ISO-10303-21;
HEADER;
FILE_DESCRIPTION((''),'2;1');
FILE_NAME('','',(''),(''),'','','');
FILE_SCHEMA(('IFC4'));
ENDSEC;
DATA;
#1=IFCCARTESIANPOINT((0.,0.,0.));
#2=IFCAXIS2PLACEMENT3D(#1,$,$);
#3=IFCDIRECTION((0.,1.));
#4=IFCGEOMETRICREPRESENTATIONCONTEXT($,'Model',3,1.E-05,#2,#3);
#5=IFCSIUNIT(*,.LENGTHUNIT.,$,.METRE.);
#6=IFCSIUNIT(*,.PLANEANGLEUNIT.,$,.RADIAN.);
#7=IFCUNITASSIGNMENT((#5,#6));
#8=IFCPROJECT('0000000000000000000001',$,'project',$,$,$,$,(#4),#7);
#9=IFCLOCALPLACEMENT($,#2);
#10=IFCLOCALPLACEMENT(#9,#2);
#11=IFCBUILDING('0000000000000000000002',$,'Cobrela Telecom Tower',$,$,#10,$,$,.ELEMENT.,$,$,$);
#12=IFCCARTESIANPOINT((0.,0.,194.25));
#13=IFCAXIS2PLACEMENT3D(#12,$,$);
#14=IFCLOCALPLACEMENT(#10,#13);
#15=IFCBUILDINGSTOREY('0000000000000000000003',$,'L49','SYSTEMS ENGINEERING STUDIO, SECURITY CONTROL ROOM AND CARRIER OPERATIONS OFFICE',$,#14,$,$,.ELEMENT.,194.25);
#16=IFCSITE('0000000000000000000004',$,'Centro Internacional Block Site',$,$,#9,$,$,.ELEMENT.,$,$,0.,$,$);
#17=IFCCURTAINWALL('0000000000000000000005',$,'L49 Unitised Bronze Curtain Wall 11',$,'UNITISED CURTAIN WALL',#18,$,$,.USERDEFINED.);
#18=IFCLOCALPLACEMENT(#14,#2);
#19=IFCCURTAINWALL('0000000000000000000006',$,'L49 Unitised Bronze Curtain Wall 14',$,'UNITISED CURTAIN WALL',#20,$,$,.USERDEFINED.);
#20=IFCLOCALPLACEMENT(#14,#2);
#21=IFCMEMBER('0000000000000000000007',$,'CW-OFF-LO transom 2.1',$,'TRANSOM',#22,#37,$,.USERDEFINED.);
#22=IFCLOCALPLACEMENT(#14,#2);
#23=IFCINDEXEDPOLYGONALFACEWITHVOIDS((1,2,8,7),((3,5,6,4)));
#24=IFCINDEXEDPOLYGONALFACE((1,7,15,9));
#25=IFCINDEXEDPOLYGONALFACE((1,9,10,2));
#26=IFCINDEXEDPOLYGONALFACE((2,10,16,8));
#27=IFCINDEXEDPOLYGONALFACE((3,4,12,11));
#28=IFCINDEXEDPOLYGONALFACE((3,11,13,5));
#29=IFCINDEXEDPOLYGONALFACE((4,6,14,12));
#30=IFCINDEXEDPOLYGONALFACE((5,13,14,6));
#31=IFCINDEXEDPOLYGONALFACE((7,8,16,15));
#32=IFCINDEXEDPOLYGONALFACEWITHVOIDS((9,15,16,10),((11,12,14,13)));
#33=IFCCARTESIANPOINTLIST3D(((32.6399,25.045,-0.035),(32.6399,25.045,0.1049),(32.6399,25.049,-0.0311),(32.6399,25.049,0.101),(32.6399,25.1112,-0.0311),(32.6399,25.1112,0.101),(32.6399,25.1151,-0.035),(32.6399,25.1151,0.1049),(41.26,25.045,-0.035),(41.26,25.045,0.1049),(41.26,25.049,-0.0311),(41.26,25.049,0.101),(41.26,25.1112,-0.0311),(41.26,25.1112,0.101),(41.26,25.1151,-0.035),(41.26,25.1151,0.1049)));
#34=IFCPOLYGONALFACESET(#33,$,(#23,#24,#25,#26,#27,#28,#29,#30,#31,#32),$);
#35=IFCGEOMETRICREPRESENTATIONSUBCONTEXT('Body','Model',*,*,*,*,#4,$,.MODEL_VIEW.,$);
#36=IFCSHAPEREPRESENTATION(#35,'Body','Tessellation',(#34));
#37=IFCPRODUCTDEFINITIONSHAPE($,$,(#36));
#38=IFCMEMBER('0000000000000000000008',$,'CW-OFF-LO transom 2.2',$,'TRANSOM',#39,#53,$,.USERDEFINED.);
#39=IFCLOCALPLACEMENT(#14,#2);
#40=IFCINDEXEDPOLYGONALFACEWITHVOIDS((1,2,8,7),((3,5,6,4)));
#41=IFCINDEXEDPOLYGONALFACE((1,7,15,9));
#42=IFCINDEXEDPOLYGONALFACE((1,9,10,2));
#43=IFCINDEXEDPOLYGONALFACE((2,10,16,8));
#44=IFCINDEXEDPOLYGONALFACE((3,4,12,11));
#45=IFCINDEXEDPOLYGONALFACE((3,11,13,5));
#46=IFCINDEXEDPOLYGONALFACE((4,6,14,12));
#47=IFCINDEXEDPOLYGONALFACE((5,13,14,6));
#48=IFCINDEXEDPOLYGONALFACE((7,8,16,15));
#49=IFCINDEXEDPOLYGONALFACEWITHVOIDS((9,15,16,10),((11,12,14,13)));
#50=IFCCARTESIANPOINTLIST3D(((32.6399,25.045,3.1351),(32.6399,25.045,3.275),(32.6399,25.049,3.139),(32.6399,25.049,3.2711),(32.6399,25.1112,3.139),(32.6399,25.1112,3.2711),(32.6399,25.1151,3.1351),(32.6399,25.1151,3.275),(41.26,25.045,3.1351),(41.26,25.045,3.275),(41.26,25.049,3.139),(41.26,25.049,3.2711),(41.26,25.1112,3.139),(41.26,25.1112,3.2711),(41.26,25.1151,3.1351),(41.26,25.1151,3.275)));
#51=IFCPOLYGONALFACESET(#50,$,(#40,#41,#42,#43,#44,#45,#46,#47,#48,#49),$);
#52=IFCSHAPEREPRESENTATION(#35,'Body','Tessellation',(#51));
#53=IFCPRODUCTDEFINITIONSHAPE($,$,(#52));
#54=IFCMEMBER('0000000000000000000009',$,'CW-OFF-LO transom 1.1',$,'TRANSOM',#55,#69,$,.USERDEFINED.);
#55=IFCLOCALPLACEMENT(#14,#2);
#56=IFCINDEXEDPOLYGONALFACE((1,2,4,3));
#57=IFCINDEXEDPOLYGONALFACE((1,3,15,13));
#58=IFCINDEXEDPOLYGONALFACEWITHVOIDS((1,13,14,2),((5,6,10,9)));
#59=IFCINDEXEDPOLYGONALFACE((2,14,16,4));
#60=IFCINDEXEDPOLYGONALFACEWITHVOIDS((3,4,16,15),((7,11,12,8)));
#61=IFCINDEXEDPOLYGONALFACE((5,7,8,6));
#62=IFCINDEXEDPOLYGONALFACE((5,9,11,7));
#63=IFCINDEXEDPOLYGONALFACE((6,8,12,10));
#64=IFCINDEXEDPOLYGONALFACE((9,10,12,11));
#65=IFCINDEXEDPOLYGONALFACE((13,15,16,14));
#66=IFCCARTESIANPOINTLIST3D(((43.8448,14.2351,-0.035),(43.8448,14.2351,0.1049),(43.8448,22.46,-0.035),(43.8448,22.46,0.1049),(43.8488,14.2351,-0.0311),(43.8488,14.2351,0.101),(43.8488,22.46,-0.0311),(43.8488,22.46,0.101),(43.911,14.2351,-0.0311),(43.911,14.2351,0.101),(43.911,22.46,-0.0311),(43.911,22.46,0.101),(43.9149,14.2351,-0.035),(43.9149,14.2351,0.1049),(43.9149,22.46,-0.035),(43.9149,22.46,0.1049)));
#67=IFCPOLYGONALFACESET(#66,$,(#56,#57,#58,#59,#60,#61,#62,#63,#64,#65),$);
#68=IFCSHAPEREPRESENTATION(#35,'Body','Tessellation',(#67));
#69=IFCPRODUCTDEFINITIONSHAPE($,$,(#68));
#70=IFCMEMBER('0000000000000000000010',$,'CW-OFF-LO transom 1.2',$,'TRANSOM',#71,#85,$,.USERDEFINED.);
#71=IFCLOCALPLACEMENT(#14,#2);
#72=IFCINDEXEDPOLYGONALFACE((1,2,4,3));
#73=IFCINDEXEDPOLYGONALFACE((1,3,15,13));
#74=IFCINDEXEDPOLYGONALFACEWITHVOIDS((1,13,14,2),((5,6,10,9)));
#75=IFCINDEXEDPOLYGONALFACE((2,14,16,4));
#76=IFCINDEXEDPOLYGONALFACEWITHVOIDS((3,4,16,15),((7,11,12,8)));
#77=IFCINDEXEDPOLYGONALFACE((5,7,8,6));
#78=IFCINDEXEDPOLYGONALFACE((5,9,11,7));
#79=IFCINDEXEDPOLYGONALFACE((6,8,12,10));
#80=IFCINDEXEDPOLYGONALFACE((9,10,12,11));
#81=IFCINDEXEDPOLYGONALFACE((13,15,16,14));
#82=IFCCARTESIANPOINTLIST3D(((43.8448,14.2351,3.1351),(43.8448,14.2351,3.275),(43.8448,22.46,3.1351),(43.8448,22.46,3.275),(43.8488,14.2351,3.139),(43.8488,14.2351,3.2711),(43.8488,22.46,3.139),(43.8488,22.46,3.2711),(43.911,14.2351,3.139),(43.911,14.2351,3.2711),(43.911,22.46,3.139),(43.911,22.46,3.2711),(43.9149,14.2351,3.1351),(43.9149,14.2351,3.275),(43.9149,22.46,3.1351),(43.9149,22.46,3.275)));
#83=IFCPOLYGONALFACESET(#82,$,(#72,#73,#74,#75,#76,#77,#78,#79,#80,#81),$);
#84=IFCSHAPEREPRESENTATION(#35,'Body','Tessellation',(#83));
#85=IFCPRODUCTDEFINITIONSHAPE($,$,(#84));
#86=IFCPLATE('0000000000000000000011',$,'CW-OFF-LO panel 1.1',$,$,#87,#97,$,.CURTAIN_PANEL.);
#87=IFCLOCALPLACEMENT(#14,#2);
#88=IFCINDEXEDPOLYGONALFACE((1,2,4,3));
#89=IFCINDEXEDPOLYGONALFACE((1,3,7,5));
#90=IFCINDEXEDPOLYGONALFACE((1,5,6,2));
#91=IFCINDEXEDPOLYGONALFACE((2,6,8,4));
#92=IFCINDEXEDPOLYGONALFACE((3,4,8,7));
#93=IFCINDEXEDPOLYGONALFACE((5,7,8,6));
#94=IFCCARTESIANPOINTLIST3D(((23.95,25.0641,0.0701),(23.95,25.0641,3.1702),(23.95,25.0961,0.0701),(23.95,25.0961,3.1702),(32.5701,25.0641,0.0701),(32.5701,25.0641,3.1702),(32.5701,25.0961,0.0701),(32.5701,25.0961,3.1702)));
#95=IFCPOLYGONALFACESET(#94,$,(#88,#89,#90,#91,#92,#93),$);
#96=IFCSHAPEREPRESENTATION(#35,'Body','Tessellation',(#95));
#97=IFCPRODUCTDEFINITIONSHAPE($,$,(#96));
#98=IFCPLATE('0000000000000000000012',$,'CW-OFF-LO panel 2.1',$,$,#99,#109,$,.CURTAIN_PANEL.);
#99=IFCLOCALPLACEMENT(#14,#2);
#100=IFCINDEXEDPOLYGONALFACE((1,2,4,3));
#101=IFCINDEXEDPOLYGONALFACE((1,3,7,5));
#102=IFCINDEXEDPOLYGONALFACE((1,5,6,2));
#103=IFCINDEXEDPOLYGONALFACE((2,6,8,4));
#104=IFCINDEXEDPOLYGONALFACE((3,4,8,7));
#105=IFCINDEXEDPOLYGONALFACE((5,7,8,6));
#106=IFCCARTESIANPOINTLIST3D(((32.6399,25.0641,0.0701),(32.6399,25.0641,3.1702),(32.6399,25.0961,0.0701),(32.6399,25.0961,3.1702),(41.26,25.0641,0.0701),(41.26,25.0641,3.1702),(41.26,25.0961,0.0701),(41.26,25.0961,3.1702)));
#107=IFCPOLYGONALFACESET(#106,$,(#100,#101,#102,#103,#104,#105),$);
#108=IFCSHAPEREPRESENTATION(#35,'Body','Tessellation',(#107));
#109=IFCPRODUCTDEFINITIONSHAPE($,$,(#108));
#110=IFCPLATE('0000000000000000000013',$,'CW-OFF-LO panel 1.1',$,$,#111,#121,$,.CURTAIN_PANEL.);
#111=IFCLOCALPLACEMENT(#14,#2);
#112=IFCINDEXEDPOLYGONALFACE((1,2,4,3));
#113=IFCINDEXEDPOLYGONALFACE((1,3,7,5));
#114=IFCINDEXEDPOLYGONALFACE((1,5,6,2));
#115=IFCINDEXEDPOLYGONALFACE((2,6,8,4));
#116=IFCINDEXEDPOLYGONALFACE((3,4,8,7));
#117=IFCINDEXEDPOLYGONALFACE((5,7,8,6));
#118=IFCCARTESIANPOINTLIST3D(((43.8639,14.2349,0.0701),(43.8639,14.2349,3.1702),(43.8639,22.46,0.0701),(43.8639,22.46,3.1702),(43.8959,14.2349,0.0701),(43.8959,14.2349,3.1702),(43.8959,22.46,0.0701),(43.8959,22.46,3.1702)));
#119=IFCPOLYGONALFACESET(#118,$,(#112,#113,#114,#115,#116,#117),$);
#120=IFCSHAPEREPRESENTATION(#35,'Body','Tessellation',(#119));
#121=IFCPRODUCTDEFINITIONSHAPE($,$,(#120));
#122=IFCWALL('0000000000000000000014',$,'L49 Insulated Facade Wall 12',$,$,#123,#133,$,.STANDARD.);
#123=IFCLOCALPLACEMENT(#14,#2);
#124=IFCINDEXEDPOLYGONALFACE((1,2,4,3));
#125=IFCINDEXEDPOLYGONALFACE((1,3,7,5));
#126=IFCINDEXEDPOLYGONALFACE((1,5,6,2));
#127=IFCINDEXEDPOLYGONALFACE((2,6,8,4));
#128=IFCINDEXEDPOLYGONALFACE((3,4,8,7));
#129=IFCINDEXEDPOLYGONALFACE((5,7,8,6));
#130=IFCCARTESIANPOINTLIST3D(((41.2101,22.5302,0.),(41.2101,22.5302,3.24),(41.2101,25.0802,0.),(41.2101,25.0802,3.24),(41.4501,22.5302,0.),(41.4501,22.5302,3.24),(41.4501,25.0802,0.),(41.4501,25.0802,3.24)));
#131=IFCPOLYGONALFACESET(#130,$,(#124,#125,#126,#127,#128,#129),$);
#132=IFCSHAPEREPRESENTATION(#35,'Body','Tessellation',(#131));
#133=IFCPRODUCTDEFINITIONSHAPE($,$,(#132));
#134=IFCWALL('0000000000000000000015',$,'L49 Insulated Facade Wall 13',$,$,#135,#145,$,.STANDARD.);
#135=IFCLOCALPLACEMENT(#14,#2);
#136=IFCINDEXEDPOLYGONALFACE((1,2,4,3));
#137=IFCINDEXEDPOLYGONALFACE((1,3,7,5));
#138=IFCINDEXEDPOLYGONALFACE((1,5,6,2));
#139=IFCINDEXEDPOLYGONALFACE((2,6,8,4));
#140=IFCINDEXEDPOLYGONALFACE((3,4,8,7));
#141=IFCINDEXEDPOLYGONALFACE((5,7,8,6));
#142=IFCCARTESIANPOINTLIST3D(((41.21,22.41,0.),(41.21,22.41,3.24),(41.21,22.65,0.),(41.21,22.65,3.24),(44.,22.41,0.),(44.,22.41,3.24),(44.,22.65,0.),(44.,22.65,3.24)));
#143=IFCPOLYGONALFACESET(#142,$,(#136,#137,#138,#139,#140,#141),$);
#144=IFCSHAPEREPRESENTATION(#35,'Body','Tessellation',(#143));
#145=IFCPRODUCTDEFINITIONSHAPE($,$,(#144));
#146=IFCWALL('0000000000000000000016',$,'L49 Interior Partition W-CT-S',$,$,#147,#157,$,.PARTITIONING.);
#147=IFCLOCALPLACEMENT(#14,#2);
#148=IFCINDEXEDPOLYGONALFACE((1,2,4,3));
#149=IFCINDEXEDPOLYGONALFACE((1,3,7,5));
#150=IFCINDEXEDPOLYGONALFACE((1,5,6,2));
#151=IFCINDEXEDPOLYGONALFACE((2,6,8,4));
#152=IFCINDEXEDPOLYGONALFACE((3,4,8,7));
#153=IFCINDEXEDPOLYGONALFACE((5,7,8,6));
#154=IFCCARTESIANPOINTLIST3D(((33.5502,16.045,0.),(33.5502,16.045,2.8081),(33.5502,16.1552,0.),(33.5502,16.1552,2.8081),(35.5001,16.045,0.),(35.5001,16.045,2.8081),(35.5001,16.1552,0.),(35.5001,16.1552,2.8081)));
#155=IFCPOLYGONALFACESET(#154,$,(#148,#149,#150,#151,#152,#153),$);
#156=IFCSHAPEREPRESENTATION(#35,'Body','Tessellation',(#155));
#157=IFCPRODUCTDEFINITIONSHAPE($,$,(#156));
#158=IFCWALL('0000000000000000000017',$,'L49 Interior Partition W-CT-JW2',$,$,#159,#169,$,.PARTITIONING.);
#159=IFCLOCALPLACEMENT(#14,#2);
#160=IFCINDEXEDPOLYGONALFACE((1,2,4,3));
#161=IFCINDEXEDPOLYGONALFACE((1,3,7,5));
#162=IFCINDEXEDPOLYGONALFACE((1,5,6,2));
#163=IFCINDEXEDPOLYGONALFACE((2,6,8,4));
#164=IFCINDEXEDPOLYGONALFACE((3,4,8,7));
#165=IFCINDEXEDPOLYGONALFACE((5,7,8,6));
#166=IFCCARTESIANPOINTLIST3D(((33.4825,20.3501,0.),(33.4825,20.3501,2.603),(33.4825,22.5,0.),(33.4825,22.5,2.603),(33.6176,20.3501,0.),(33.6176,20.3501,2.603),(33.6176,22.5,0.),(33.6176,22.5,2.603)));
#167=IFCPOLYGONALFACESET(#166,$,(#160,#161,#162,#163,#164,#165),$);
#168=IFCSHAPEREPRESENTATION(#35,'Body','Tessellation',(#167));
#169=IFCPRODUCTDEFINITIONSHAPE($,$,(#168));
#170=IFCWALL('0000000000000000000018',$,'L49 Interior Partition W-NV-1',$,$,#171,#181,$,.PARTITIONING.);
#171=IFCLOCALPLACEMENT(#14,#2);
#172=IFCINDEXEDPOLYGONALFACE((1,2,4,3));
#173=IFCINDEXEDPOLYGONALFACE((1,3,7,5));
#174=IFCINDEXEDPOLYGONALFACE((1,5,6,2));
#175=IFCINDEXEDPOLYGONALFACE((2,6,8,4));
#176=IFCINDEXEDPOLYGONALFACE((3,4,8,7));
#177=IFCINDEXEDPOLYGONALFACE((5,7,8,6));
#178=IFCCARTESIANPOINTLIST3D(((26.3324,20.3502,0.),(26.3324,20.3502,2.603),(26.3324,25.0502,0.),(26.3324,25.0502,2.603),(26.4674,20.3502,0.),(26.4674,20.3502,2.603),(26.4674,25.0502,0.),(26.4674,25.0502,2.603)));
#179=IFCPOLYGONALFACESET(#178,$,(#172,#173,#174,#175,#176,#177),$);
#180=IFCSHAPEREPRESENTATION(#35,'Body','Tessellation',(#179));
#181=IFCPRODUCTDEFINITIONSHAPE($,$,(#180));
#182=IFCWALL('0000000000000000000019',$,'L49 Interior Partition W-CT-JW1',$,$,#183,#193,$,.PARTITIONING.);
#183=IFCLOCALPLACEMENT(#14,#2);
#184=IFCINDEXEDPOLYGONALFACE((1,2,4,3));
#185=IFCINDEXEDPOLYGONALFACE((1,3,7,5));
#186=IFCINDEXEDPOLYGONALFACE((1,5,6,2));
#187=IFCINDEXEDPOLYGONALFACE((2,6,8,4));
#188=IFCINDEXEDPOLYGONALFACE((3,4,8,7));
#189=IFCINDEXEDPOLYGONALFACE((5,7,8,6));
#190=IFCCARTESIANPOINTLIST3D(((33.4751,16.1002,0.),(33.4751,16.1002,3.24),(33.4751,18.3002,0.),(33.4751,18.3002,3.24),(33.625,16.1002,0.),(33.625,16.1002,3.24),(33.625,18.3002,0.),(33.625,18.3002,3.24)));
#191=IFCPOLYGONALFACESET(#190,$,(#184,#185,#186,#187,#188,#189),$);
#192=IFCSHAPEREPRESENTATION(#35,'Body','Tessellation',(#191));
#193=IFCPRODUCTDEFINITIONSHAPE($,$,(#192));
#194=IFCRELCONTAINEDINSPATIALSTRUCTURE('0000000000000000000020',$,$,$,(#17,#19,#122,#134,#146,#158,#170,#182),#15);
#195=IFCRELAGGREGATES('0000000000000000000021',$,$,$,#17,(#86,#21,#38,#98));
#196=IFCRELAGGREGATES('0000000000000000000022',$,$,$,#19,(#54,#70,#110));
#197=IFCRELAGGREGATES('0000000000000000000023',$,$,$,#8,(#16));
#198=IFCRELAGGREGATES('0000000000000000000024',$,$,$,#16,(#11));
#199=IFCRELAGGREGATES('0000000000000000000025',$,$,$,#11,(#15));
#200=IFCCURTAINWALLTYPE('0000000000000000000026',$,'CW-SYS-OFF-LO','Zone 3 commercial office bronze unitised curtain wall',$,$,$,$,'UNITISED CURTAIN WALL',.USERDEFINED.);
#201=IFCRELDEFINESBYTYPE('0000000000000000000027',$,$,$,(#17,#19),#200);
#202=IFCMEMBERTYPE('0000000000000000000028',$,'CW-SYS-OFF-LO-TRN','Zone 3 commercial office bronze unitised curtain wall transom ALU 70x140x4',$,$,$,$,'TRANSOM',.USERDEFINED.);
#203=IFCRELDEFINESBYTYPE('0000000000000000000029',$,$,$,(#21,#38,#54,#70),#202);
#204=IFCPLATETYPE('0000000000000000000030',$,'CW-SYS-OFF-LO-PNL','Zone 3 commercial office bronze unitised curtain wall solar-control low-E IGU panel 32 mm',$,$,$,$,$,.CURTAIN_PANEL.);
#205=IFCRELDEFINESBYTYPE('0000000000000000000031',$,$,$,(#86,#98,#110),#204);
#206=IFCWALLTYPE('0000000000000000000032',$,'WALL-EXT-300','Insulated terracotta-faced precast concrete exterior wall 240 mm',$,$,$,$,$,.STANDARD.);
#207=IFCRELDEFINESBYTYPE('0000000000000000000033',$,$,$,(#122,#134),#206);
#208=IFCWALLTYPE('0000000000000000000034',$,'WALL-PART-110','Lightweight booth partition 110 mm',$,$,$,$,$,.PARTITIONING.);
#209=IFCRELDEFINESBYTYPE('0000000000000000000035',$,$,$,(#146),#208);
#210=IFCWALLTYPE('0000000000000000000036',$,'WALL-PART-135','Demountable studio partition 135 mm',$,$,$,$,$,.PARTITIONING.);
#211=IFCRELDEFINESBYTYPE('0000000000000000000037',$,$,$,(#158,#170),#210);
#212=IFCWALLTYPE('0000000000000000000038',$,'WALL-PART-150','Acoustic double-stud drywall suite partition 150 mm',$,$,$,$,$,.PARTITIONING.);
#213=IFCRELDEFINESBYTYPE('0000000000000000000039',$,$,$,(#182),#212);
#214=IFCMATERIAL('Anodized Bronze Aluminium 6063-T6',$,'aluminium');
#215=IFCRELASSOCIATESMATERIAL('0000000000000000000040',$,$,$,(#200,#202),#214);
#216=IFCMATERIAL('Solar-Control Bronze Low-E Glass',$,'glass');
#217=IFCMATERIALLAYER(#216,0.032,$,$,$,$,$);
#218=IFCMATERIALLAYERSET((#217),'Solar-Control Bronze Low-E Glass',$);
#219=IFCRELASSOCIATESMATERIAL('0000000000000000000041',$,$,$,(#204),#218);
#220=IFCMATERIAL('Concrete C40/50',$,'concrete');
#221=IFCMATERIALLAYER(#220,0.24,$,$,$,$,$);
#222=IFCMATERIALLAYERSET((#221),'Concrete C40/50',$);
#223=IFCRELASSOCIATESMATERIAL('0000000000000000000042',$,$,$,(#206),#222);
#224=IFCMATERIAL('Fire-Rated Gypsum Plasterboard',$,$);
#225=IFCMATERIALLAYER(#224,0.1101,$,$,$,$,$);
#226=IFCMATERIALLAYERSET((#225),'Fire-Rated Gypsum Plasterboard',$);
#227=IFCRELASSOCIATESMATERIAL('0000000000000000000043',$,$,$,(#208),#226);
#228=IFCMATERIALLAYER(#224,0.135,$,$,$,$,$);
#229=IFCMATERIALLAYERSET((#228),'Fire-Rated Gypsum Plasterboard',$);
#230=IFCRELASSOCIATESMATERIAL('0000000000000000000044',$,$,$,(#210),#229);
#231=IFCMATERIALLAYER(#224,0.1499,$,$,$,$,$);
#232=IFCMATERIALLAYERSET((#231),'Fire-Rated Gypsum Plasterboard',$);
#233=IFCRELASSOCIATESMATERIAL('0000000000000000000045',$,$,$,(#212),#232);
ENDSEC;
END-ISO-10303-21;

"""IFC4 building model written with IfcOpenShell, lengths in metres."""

from ifc_helpers import new_model, si_unit, direction, frame, frame_2d, origin, origin_2d, place, context, subcontext, project, spatial, rectangle, hollow_rectangle, extrude, material, layer, layer_set, material_profile, profile_set, type_object, element, aggregate, save


model = new_model("IFC4")

# Units and contexts
model_context = context("Model", 3, precision=1e-05, world=origin(), true_north=direction((0.0, 1.0)))
body_context = subcontext(model_context, "Body", "Model", "MODEL_VIEW")
ifc_project = project(units=[si_unit("LENGTHUNIT", "METRE"), si_unit("PLANEANGLEUNIT", "RADIAN")], contexts=[model_context])

# Site, building, storey
site_placement = place(None, origin())
site = spatial("IfcSite", under=ifc_project, at=site_placement, Name="Centro Internacional Block Site", CompositionType="ELEMENT", RefElevation=0.0)
building_placement = place(site_placement, origin())
building = spatial("IfcBuilding", under=site, at=building_placement, Name="Cobrela Telecom Tower", CompositionType="ELEMENT")
storey_placement = place(building_placement, frame((0.0, 0.0, 194.25)))
storey = spatial("IfcBuildingStorey", under=building, at=storey_placement, Name="L49", Description="SYSTEMS ENGINEERING STUDIO, SECURITY CONTROL ROOM AND CARRIER OPERATIONS OFFICE", CompositionType="ELEMENT", Elevation=194.25)

# Curtain wall
ifc_material_1 = material(Name="Anodized Bronze Aluminium 6063-T6", Category="aluminium")
curtain_wall_type = type_object("IfcCurtainWallType", Name="CW-SYS-OFF-LO", Description="Zone 3 commercial office bronze unitised curtain wall", ElementType="UNITISED CURTAIN WALL", PredefinedType="USERDEFINED", material=ifc_material_1)
curtain_wall_1_placement = place(storey_placement, origin())
curtain_wall_1 = element("IfcCurtainWall", 1, at=curtain_wall_1_placement, inside=storey, type_object=curtain_wall_type, Name="L49 Unitised Bronze Curtain Wall 11", ObjectType="UNITISED CURTAIN WALL", PredefinedType="USERDEFINED")

# Curtain wall
curtain_wall_2_placement = place(storey_placement, origin())
curtain_wall_2 = element("IfcCurtainWall", 2, at=curtain_wall_2_placement, inside=storey, type_object=curtain_wall_type, Name="L49 Unitised Bronze Curtain Wall 14", ObjectType="UNITISED CURTAIN WALL", PredefinedType="USERDEFINED")

# Members
ifc_material_profile_1 = material_profile(ifc_material_1, hollow_rectangle(XDim=0.0701, YDim=0.1399, WallThickness=0.0039, at=origin_2d()), Name="ALU 70x140x4")
ifc_profile_set_1 = profile_set([ifc_material_profile_1], Name="Anodized Bronze Aluminium 6063-T6")
member_type_1 = type_object("IfcMemberType", Name="CW-SYS-OFF-LO-TRN", Description="Zone 3 commercial office bronze unitised curtain wall transom ALU 70x140x4", ElementType="TRANSOM", PredefinedType="USERDEFINED", material=ifc_profile_set_1)
member_1_placement = place(storey_placement, frame((32.6399, 25.0801, 0.0349), z_axis=(1.0, 0.0, 0.0), x_axis=(0.0, 1.0, 0.0)))
member_1 = element("IfcMember", 3, at=member_1_placement, type_object=member_type_1, Name="CW-OFF-LO transom 2.1", ObjectType="TRANSOM", PredefinedType="USERDEFINED", context=body_context, shape_type="SweptSolid", body=[
    extrude(hollow_rectangle(XDim=0.0701, YDim=0.1399, WallThickness=0.0039, at=origin_2d()), origin(), (0.0, 0.0, 1.0), 8.6201),
])
member_2_placement = place(storey_placement, frame((32.6399, 25.0801, 3.2051), z_axis=(1.0, 0.0, 0.0), x_axis=(0.0, 1.0, 0.0)))
member_2 = element("IfcMember", 4, at=member_2_placement, type_object=member_type_1, Name="CW-OFF-LO transom 2.2", ObjectType="TRANSOM", PredefinedType="USERDEFINED", context=body_context, shape_type="SweptSolid", body=[
    extrude(hollow_rectangle(XDim=0.0701, YDim=0.1399, WallThickness=0.0039, at=origin_2d()), origin(), (0.0, 0.0, 1.0), 8.6201),
])
member_3_placement = place(storey_placement, frame((43.8799, 22.46, 0.0349), z_axis=(0.0, -1.0, 0.0), x_axis=(1.0, 0.0, 0.0)))
member_3 = element("IfcMember", 5, at=member_3_placement, type_object=member_type_1, Name="CW-OFF-LO transom 1.1", ObjectType="TRANSOM", PredefinedType="USERDEFINED", context=body_context, shape_type="SweptSolid", body=[
    extrude(hollow_rectangle(XDim=0.0701, YDim=0.1399, WallThickness=0.0039, at=origin_2d()), origin(), (0.0, 0.0, 1.0), 8.2249),
])
member_4_placement = place(storey_placement, frame((43.8799, 22.46, 3.2051), z_axis=(0.0, -1.0, 0.0), x_axis=(1.0, 0.0, 0.0)))
member_4 = element("IfcMember", 6, at=member_4_placement, type_object=member_type_1, Name="CW-OFF-LO transom 1.2", ObjectType="TRANSOM", PredefinedType="USERDEFINED", context=body_context, shape_type="SweptSolid", body=[
    extrude(hollow_rectangle(XDim=0.0701, YDim=0.1399, WallThickness=0.0039, at=origin_2d()), origin(), (0.0, 0.0, 1.0), 8.2249),
])

# Plates
ifc_material_2 = material(Name="Solar-Control Bronze Low-E Glass", Category="glass")
ifc_layer_1 = layer(ifc_material_2, 0.032)
ifc_layer_set_1 = layer_set([ifc_layer_1], Name="Solar-Control Bronze Low-E Glass")
plate_type = type_object("IfcPlateType", Name="CW-SYS-OFF-LO-PNL", Description="Zone 3 commercial office bronze unitised curtain wall solar-control low-E IGU panel 32 mm", PredefinedType="CURTAIN_PANEL", material=ifc_layer_set_1)
plate_1_placement = place(storey_placement, frame((28.26, 25.0801, 0.0701), z_axis=(0.0, 0.0, 1.0), x_axis=(1.0, 0.0, 0.0)))
plate_1 = element("IfcPlate", 7, at=plate_1_placement, type_object=plate_type, Name="CW-OFF-LO panel 1.1", PredefinedType="CURTAIN_PANEL", context=body_context, shape_type="SweptSolid", body=[
    extrude(rectangle(XDim=8.6201, YDim=0.032, at=origin_2d()), origin(), (0.0, 0.0, 1.0), 3.1001),
])
plate_2_placement = place(storey_placement, frame((36.95, 25.0801, 0.0701), z_axis=(0.0, 0.0, 1.0), x_axis=(1.0, 0.0, 0.0)))
plate_2 = element("IfcPlate", 8, at=plate_2_placement, type_object=plate_type, Name="CW-OFF-LO panel 2.1", PredefinedType="CURTAIN_PANEL", context=body_context, shape_type="SweptSolid", body=[
    extrude(rectangle(XDim=8.6201, YDim=0.032, at=origin_2d()), origin(), (0.0, 0.0, 1.0), 3.1001),
])
aggregate(curtain_wall_1, [plate_1, member_1, member_2, plate_2])
plate_3_placement = place(storey_placement, frame((43.8799, 18.3474, 0.0701), z_axis=(0.0, 0.0, 1.0), x_axis=(0.0, -1.0, 0.0)))
plate_3 = element("IfcPlate", 9, at=plate_3_placement, type_object=plate_type, Name="CW-OFF-LO panel 1.1", PredefinedType="CURTAIN_PANEL", context=body_context, shape_type="SweptSolid", body=[
    extrude(rectangle(XDim=8.2251, YDim=0.032, at=origin_2d()), origin(), (0.0, 0.0, 1.0), 3.1001),
])
aggregate(curtain_wall_2, [member_3, member_4, plate_3])

# Walls
ifc_material_3 = material(Name="Concrete C40/50", Category="concrete")
ifc_layer_2 = layer(ifc_material_3, 0.24)
ifc_layer_set_2 = layer_set([ifc_layer_2], Name="Concrete C40/50")
wall_type_1 = type_object("IfcWallType", Name="WALL-EXT-300", Description="Insulated terracotta-faced precast concrete exterior wall 240 mm", PredefinedType="STANDARD", material=ifc_layer_set_2)
wall_1_placement = place(storey_placement, frame((41.3301, 25.0801, 0.0), z_axis=(0.0, 0.0, 1.0), x_axis=(0.0, -1.0, 0.0)))
element("IfcWall", 10, at=wall_1_placement, inside=storey, type_object=wall_type_1, Name="L49 Insulated Facade Wall 12", PredefinedType="STANDARD", context=body_context, shape_type="SweptSolid", body=[
    extrude(rectangle(XDim=2.55, YDim=0.24, at=frame_2d((1.2749, 0.0))), origin(), (0.0, 0.0, 1.0), 3.24),
])
wall_2_placement = place(storey_placement, frame((41.21, 22.53, 0.0), z_axis=(0.0, 0.0, 1.0), x_axis=(1.0, 0.0, 0.0)))
element("IfcWall", 11, at=wall_2_placement, inside=storey, type_object=wall_type_1, Name="L49 Insulated Facade Wall 13", PredefinedType="STANDARD", context=body_context, shape_type="SweptSolid", body=[
    extrude(rectangle(XDim=2.79, YDim=0.24, at=frame_2d((1.395, 0.0))), origin(), (0.0, 0.0, 1.0), 3.24),
])
ifc_material_4 = material(Name="Fire-Rated Gypsum Plasterboard")
ifc_layer_3 = layer(ifc_material_4, 0.1101)
ifc_layer_set_3 = layer_set([ifc_layer_3], Name="Fire-Rated Gypsum Plasterboard")
wall_type_2 = type_object("IfcWallType", Name="WALL-PART-110", Description="Lightweight booth partition 110 mm", PredefinedType="PARTITIONING", material=ifc_layer_set_3)
wall_3_placement = place(storey_placement, frame((33.55, 16.1001, 0.0), z_axis=(0.0, 0.0, 1.0), x_axis=(1.0, 0.0, 0.0)))
element("IfcWall", 12, at=wall_3_placement, inside=storey, type_object=wall_type_2, Name="L49 Interior Partition W-CT-S", PredefinedType="PARTITIONING", context=body_context, shape_type="SweptSolid", body=[
    extrude(rectangle(XDim=1.95, YDim=0.1101, at=frame_2d((0.9751, 0.0))), origin(), (0.0, 0.0, 1.0), 2.8081),
])
ifc_layer_4 = layer(ifc_material_4, 0.135)
ifc_layer_set_4 = layer_set([ifc_layer_4], Name="Fire-Rated Gypsum Plasterboard")
wall_type_3 = type_object("IfcWallType", Name="WALL-PART-135", Description="Demountable studio partition 135 mm", PredefinedType="PARTITIONING", material=ifc_layer_set_4)
wall_4_placement = place(storey_placement, frame((33.55, 20.3501, 0.0), z_axis=(0.0, 0.0, 1.0), x_axis=(0.0, 1.0, 0.0)))
element("IfcWall", 13, at=wall_4_placement, inside=storey, type_object=wall_type_3, Name="L49 Interior Partition W-CT-JW2", PredefinedType="PARTITIONING", context=body_context, shape_type="SweptSolid", body=[
    extrude(rectangle(XDim=2.1499, YDim=0.135, at=frame_2d((1.075, 0.0))), origin(), (0.0, 0.0, 1.0), 2.603),
])
wall_5_placement = place(storey_placement, frame((26.3999, 20.3501, 0.0), z_axis=(0.0, 0.0, 1.0), x_axis=(0.0, 1.0, 0.0)))
element("IfcWall", 14, at=wall_5_placement, inside=storey, type_object=wall_type_3, Name="L49 Interior Partition W-NV-1", PredefinedType="PARTITIONING", context=body_context, shape_type="SweptSolid", body=[
    extrude(rectangle(XDim=4.7, YDim=0.135, at=frame_2d((2.3501, 0.0))), origin(), (0.0, 0.0, 1.0), 2.603),
])
ifc_layer_5 = layer(ifc_material_4, 0.1499)
ifc_layer_set_5 = layer_set([ifc_layer_5], Name="Fire-Rated Gypsum Plasterboard")
wall_type_4 = type_object("IfcWallType", Name="WALL-PART-150", Description="Acoustic double-stud drywall suite partition 150 mm", PredefinedType="PARTITIONING", material=ifc_layer_set_5)
wall_6_placement = place(storey_placement, frame((33.55, 16.1001, 0.0), z_axis=(0.0, 0.0, 1.0), x_axis=(0.0, 1.0, 0.0)))
element("IfcWall", 15, at=wall_6_placement, inside=storey, type_object=wall_type_4, Name="L49 Interior Partition W-CT-JW1", PredefinedType="PARTITIONING", context=body_context, shape_type="SweptSolid", body=[
    extrude(rectangle(XDim=2.2, YDim=0.1499, at=frame_2d((1.1001, 0.0))), origin(), (0.0, 0.0, 1.0), 3.24),
])

save(model, "model.ifc")
